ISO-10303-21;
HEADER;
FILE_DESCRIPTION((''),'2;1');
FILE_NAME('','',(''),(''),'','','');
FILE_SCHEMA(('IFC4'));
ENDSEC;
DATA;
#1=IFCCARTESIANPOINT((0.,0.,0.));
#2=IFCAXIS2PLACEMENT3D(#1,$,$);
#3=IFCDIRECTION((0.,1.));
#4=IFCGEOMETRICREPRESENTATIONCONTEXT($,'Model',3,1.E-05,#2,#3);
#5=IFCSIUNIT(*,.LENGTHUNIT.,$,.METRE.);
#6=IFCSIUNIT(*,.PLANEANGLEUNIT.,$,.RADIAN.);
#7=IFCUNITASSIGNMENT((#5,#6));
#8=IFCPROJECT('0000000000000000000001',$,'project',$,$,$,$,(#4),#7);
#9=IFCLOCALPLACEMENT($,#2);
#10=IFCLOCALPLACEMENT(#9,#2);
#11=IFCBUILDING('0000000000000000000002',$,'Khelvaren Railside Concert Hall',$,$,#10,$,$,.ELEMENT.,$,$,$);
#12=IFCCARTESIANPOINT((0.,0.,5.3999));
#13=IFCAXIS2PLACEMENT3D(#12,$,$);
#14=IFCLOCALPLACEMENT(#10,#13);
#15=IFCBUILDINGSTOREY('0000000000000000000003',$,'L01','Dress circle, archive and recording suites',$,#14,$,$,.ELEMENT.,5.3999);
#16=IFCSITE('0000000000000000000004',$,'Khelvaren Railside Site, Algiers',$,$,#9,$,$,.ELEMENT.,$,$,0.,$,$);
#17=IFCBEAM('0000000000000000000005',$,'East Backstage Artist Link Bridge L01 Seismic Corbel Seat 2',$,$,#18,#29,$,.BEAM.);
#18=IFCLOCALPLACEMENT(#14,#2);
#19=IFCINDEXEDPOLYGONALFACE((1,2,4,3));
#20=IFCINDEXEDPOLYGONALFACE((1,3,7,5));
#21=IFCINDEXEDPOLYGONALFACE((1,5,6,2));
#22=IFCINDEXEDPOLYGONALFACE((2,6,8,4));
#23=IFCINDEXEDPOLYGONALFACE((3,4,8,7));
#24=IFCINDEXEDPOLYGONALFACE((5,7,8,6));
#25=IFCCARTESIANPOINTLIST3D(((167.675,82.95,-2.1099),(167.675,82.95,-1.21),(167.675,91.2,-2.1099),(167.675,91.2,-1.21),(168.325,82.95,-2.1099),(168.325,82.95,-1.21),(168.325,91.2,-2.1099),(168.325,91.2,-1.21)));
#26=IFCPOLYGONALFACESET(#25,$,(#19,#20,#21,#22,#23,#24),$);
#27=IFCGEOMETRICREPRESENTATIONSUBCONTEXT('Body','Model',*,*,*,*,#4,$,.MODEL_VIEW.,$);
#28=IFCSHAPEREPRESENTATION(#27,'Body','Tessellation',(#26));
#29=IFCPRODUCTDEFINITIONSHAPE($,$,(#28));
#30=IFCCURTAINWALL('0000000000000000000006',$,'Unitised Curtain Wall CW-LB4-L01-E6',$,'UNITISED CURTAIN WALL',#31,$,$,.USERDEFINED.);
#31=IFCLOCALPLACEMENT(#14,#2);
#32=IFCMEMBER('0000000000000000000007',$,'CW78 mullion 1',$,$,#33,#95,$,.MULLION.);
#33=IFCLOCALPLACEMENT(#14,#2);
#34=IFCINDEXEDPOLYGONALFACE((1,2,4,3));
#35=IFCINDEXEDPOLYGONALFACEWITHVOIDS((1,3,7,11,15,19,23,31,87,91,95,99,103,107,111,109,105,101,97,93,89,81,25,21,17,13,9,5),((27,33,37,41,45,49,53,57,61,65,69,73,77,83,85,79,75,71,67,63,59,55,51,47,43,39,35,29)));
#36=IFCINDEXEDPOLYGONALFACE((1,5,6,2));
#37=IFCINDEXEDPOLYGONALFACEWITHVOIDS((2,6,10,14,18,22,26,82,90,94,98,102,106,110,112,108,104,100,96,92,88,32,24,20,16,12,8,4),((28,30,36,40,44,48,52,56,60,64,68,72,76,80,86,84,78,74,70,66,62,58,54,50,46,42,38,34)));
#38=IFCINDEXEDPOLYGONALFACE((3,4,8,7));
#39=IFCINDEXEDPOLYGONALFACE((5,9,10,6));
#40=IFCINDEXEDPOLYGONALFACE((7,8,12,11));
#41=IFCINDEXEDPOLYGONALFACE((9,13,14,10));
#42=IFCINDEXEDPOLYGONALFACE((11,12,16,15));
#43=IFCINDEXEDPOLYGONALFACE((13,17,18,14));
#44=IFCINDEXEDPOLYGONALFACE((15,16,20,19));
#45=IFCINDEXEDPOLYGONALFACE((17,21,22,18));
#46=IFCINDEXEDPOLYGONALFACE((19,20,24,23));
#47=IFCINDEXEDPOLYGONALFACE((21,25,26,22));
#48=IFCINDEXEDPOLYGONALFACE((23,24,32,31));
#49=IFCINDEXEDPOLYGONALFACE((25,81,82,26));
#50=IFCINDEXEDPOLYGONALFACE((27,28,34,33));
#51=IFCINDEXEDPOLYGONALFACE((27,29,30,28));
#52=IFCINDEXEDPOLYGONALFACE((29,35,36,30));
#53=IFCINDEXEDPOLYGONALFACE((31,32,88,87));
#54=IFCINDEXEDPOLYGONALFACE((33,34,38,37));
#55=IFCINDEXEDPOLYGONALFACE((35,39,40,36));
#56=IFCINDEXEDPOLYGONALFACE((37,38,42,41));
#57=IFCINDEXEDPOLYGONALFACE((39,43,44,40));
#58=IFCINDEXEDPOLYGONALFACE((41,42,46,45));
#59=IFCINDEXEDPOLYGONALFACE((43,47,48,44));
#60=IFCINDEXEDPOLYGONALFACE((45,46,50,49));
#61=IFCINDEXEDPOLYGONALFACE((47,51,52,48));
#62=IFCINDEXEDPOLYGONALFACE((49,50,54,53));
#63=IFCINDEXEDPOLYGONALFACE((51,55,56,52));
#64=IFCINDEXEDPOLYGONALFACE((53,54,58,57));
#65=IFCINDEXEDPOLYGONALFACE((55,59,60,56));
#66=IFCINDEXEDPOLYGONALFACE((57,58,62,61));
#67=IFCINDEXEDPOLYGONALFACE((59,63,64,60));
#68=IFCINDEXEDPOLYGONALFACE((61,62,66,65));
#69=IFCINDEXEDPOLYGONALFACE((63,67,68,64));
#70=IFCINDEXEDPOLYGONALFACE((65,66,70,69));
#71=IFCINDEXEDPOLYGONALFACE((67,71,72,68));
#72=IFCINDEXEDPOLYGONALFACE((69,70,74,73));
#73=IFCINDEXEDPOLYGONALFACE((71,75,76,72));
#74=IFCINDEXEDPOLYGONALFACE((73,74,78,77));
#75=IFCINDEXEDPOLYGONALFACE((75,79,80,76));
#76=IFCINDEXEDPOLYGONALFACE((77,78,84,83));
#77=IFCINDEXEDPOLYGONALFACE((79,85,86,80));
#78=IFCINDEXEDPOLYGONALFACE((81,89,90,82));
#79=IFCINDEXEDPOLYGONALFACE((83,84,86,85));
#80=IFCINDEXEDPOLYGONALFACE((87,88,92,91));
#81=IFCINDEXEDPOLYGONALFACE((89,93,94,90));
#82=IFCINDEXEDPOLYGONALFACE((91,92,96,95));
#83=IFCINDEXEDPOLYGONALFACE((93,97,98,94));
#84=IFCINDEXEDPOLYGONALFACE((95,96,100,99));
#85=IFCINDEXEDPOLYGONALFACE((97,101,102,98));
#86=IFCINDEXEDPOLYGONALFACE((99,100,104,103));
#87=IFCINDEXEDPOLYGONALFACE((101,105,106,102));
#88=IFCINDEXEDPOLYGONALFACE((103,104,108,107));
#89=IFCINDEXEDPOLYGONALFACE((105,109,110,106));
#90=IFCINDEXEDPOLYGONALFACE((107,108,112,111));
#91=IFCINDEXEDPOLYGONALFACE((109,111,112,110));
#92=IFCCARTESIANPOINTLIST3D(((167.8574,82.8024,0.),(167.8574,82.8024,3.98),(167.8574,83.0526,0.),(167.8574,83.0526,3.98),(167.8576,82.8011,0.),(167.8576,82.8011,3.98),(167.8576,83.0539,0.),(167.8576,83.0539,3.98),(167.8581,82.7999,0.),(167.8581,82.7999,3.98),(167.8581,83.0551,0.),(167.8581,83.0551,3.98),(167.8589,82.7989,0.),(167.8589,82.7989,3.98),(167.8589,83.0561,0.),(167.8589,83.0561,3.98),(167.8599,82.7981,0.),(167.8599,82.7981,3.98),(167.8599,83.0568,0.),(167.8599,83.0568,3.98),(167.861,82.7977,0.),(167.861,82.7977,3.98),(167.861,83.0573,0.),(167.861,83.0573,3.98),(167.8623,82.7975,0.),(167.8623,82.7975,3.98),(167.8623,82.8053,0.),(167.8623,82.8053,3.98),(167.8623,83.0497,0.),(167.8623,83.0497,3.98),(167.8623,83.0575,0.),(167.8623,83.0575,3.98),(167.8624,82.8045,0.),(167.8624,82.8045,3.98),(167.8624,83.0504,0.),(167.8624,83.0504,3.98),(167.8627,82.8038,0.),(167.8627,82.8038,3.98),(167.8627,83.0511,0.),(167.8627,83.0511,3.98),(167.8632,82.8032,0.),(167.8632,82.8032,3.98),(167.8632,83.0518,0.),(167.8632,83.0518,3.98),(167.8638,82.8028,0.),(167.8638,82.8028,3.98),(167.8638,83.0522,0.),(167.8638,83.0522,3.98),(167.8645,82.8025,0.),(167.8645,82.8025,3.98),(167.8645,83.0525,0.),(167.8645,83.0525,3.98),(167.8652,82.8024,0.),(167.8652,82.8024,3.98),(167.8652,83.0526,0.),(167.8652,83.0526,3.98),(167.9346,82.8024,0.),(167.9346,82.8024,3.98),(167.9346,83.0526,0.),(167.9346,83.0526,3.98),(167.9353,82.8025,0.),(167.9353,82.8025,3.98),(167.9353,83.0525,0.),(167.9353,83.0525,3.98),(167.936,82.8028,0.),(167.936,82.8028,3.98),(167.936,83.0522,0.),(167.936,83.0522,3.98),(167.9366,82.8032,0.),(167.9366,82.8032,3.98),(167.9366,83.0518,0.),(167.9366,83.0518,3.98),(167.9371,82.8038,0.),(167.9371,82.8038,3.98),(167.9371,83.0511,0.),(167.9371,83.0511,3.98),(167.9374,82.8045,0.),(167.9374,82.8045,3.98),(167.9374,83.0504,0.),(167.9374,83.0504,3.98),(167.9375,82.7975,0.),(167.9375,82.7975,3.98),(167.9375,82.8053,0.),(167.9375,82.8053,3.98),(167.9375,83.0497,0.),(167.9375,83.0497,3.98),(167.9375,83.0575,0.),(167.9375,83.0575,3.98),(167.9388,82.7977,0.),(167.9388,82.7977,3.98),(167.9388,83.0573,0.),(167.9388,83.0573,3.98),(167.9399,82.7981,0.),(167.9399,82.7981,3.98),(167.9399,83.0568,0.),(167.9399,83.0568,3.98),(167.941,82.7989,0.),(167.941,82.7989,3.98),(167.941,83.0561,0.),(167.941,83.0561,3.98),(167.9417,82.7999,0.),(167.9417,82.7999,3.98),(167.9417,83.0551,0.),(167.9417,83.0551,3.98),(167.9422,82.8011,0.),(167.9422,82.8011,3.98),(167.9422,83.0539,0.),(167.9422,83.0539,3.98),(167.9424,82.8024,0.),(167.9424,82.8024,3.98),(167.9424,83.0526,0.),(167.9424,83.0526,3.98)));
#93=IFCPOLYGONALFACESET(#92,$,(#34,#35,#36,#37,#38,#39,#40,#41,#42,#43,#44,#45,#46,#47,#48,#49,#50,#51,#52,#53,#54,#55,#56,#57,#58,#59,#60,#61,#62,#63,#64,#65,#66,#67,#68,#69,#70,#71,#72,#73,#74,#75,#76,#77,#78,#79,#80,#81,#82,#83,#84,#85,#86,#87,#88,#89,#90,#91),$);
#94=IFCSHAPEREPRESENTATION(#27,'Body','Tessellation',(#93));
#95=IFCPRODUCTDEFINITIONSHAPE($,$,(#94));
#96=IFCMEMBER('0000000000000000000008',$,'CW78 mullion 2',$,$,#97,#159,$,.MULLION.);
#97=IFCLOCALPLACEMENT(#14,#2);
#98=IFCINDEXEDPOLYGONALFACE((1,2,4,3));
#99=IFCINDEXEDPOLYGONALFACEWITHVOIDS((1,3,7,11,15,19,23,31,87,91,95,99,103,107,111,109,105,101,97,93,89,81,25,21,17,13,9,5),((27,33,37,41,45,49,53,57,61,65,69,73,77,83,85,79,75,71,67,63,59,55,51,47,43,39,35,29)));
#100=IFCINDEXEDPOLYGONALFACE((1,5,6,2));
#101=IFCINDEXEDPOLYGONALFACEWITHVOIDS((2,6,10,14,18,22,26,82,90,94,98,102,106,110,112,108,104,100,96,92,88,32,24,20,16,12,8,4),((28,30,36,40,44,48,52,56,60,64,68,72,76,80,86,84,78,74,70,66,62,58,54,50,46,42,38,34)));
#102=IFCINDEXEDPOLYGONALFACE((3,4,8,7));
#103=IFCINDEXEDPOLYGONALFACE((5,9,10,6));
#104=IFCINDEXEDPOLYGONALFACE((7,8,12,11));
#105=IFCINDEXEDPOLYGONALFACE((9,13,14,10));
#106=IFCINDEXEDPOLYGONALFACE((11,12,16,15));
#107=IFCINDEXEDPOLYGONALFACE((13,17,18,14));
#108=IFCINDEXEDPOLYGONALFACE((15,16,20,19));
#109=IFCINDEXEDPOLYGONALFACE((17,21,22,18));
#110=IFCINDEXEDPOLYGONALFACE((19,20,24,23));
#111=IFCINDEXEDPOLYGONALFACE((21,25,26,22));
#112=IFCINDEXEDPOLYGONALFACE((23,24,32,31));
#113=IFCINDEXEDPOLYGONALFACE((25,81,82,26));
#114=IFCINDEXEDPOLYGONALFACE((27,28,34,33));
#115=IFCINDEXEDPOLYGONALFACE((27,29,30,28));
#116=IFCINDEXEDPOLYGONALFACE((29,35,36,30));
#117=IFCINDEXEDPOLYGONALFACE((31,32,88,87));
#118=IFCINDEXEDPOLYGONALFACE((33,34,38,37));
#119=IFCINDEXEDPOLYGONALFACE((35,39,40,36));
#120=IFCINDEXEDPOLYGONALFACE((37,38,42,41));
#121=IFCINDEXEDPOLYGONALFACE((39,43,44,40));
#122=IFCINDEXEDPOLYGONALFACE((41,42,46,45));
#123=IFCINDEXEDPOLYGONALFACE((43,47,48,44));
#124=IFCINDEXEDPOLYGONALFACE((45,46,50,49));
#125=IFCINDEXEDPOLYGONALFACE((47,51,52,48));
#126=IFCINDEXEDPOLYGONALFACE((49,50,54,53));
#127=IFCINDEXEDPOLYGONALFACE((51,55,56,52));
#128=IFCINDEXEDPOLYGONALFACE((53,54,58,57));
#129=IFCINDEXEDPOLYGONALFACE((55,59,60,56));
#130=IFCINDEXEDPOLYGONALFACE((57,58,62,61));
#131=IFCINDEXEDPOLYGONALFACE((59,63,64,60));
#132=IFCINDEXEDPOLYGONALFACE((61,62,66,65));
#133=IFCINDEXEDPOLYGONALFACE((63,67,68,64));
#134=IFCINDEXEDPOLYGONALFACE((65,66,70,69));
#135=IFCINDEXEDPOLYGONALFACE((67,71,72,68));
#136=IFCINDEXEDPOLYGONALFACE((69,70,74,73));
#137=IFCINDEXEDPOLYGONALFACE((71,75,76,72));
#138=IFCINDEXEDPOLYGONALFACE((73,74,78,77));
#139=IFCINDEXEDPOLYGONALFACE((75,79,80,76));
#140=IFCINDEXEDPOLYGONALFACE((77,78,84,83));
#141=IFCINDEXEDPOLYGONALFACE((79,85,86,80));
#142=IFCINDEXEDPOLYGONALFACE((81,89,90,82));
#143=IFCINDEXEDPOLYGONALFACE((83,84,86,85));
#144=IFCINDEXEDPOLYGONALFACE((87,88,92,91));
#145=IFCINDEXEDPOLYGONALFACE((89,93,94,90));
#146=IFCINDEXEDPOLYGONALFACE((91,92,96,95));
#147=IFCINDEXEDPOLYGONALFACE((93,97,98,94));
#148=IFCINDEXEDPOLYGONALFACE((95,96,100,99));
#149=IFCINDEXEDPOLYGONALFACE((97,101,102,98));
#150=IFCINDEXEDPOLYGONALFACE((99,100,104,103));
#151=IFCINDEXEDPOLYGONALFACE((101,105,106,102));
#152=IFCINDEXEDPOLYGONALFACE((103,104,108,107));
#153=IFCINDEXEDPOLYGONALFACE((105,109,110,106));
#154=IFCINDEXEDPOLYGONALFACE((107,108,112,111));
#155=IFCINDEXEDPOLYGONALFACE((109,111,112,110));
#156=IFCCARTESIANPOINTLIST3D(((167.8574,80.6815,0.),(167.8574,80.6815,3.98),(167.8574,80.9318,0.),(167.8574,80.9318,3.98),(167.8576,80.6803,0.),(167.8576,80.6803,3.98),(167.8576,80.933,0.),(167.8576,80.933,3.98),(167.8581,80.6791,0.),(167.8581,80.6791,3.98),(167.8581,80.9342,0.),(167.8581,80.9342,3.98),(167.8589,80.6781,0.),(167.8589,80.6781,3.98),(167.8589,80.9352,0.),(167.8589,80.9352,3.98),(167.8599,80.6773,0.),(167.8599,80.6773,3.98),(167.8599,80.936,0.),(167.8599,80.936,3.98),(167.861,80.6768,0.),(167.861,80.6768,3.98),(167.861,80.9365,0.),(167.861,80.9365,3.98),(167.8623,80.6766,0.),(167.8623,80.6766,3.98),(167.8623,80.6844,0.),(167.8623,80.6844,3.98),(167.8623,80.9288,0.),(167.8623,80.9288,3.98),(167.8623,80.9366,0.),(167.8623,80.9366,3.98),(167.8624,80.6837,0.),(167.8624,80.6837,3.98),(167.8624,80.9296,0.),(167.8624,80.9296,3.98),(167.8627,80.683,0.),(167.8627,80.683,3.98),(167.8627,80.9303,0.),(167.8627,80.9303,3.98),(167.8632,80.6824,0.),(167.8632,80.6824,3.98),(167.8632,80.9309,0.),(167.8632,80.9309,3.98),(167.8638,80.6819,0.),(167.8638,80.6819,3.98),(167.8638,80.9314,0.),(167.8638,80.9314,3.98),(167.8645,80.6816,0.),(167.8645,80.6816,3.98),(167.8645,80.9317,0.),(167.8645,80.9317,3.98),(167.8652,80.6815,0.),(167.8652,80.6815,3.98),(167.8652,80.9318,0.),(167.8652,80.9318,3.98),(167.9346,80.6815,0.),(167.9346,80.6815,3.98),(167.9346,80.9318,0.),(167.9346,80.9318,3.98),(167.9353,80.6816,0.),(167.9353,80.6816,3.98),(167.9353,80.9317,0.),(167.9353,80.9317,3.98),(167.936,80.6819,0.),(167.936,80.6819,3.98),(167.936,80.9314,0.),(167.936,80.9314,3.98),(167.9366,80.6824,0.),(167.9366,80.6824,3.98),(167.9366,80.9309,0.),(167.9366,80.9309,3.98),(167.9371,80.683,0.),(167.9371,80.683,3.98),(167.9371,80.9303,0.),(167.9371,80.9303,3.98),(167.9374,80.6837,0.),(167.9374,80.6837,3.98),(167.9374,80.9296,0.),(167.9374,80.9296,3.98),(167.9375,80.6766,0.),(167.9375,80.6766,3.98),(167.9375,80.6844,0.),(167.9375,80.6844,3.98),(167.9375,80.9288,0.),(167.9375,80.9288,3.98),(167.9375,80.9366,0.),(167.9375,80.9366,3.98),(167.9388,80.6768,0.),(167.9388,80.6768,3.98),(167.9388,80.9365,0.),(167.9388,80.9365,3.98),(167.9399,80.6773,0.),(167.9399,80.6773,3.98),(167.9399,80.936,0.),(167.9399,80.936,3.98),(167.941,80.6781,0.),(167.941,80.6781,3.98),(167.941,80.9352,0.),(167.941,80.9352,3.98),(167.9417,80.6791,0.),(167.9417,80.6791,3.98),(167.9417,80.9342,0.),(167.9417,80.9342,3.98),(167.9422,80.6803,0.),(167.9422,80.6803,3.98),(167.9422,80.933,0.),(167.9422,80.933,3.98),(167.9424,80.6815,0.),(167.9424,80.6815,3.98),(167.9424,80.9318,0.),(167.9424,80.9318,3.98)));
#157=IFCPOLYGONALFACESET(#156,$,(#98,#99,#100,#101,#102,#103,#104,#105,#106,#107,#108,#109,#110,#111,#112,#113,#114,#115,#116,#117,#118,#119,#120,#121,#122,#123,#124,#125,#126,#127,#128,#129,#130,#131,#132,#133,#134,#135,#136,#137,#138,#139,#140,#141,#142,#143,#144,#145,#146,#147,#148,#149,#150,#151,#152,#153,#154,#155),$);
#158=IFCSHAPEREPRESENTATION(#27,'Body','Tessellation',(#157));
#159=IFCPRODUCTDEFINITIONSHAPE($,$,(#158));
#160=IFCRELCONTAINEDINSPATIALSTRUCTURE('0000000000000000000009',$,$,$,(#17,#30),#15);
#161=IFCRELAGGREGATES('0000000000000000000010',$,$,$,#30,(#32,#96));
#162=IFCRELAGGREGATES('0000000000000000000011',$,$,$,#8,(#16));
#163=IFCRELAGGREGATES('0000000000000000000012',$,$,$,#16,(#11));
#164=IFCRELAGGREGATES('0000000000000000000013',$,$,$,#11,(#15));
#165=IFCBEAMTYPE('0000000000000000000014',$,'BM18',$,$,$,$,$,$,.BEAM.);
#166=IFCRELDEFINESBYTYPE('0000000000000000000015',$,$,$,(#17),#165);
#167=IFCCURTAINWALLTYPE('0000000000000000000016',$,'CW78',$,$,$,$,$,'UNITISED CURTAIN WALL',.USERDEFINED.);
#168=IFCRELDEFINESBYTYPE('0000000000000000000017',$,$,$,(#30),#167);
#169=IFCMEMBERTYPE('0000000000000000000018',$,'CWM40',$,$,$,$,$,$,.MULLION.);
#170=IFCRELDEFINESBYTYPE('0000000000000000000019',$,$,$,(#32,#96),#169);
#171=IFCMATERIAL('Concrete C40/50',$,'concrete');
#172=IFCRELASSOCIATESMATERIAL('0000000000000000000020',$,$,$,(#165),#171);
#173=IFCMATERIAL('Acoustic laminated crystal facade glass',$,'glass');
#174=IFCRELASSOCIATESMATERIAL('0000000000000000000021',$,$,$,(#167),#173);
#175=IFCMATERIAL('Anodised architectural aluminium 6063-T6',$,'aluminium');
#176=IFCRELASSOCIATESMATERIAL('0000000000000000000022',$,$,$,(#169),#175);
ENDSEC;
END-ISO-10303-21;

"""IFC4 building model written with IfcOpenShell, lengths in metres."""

from ifc_helpers import new_model, si_unit, direction, frame, origin, origin_2d, place, context, subcontext, project, spatial, rectangle, hollow_rectangle, extrude, material, material_profile, profile_set, type_object, element, aggregate, save


model = new_model("IFC4")

# Units and contexts
model_context = context("Model", 3, precision=1e-05, world=origin(), true_north=direction((0.0, 1.0)))
body_context = subcontext(model_context, "Body", "Model", "MODEL_VIEW")
ifc_project = project(units=[si_unit("LENGTHUNIT", "METRE"), si_unit("PLANEANGLEUNIT", "RADIAN")], contexts=[model_context])

# Site, building, storey
site_placement = place(None, origin())
site = spatial("IfcSite", under=ifc_project, at=site_placement, Name="Khelvaren Railside Site, Algiers", CompositionType="ELEMENT", RefElevation=0.0)
building_placement = place(site_placement, origin())
building = spatial("IfcBuilding", under=site, at=building_placement, Name="Khelvaren Railside Concert Hall", CompositionType="ELEMENT")
storey_placement = place(building_placement, frame((0.0, 0.0, 5.3999)))
storey = spatial("IfcBuildingStorey", under=building, at=storey_placement, Name="L01", Description="Dress circle, archive and recording suites", CompositionType="ELEMENT", Elevation=5.3999)

# Beam
ifc_material_1 = material(Name="Concrete C40/50", Category="concrete")
ifc_material_profile_1 = material_profile(ifc_material_1, rectangle(XDim=0.6499, YDim=0.8999, at=origin_2d()), Name="RCB 650x900")
ifc_profile_set_1 = profile_set([ifc_material_profile_1], Name="Concrete C40/50")
beam_type = type_object("IfcBeamType", Name="BM18", PredefinedType="BEAM", material=ifc_profile_set_1)
beam_placement = place(storey_placement, frame((168.0, 82.95, -1.6599), z_axis=(0.0, 1.0, 0.0), x_axis=(-1.0, 0.0, 0.0)))
element("IfcBeam", 1, at=beam_placement, inside=storey, type_object=beam_type, Name="East Backstage Artist Link Bridge L01 Seismic Corbel Seat 2", PredefinedType="BEAM", context=body_context, shape_type="SweptSolid", body=[
    extrude(rectangle(XDim=0.6499, YDim=0.8999, at=origin_2d()), origin(), (0.0, 0.0, 1.0), 8.25),
])

# Curtain wall, members
ifc_material_2 = material(Name="Acoustic laminated crystal facade glass", Category="glass")
curtain_wall_type = type_object("IfcCurtainWallType", Name="CW78", ElementType="UNITISED CURTAIN WALL", PredefinedType="USERDEFINED", material=ifc_material_2)
curtain_wall_placement = place(storey_placement, origin())
curtain_wall = element("IfcCurtainWall", 2, at=curtain_wall_placement, inside=storey, type_object=curtain_wall_type, Name="Unitised Curtain Wall CW-LB4-L01-E6", ObjectType="UNITISED CURTAIN WALL", PredefinedType="USERDEFINED")
ifc_material_3 = material(Name="Anodised architectural aluminium 6063-T6", Category="aluminium")
ifc_material_profile_2 = material_profile(ifc_material_3, hollow_rectangle(XDim=0.085, YDim=0.26, WallThickness=0.0049, InnerFilletRadius=0.0029, OuterFilletRadius=0.0049, at=origin_2d()), Name="CWM 85x260x5")
ifc_profile_set_2 = profile_set([ifc_material_profile_2], Name="Anodised architectural aluminium 6063-T6")
member_type_1 = type_object("IfcMemberType", Name="CWM40", PredefinedType="MULLION", material=ifc_profile_set_2)
member_1_placement = place(storey_placement, frame((167.8999, 82.9275, 0.0), z_axis=(0.0, 0.0, 1.0), x_axis=(1.0, 0.0, 0.0)))
member_1 = element("IfcMember", 3, at=member_1_placement, type_object=member_type_1, Name="CW78 mullion 1", PredefinedType="MULLION", context=body_context, shape_type="SweptSolid", body=[
    extrude(hollow_rectangle(XDim=0.085, YDim=0.26, WallThickness=0.0049, InnerFilletRadius=0.0029, OuterFilletRadius=0.0049, at=origin_2d()), origin(), (0.0, 0.0, 1.0), 3.98),
])
member_2_placement = place(storey_placement, frame((167.8999, 80.8066, 0.0), z_axis=(0.0, 0.0, 1.0), x_axis=(1.0, 0.0, 0.0)))
member_2 = element("IfcMember", 4, at=member_2_placement, type_object=member_type_1, Name="CW78 mullion 2", PredefinedType="MULLION", context=body_context, shape_type="SweptSolid", body=[
    extrude(hollow_rectangle(XDim=0.085, YDim=0.26, WallThickness=0.0049, InnerFilletRadius=0.0029, OuterFilletRadius=0.0049, at=origin_2d()), origin(), (0.0, 0.0, 1.0), 3.98),
])
aggregate(curtain_wall, [member_1, member_2])

save(model, "model.ifc")
